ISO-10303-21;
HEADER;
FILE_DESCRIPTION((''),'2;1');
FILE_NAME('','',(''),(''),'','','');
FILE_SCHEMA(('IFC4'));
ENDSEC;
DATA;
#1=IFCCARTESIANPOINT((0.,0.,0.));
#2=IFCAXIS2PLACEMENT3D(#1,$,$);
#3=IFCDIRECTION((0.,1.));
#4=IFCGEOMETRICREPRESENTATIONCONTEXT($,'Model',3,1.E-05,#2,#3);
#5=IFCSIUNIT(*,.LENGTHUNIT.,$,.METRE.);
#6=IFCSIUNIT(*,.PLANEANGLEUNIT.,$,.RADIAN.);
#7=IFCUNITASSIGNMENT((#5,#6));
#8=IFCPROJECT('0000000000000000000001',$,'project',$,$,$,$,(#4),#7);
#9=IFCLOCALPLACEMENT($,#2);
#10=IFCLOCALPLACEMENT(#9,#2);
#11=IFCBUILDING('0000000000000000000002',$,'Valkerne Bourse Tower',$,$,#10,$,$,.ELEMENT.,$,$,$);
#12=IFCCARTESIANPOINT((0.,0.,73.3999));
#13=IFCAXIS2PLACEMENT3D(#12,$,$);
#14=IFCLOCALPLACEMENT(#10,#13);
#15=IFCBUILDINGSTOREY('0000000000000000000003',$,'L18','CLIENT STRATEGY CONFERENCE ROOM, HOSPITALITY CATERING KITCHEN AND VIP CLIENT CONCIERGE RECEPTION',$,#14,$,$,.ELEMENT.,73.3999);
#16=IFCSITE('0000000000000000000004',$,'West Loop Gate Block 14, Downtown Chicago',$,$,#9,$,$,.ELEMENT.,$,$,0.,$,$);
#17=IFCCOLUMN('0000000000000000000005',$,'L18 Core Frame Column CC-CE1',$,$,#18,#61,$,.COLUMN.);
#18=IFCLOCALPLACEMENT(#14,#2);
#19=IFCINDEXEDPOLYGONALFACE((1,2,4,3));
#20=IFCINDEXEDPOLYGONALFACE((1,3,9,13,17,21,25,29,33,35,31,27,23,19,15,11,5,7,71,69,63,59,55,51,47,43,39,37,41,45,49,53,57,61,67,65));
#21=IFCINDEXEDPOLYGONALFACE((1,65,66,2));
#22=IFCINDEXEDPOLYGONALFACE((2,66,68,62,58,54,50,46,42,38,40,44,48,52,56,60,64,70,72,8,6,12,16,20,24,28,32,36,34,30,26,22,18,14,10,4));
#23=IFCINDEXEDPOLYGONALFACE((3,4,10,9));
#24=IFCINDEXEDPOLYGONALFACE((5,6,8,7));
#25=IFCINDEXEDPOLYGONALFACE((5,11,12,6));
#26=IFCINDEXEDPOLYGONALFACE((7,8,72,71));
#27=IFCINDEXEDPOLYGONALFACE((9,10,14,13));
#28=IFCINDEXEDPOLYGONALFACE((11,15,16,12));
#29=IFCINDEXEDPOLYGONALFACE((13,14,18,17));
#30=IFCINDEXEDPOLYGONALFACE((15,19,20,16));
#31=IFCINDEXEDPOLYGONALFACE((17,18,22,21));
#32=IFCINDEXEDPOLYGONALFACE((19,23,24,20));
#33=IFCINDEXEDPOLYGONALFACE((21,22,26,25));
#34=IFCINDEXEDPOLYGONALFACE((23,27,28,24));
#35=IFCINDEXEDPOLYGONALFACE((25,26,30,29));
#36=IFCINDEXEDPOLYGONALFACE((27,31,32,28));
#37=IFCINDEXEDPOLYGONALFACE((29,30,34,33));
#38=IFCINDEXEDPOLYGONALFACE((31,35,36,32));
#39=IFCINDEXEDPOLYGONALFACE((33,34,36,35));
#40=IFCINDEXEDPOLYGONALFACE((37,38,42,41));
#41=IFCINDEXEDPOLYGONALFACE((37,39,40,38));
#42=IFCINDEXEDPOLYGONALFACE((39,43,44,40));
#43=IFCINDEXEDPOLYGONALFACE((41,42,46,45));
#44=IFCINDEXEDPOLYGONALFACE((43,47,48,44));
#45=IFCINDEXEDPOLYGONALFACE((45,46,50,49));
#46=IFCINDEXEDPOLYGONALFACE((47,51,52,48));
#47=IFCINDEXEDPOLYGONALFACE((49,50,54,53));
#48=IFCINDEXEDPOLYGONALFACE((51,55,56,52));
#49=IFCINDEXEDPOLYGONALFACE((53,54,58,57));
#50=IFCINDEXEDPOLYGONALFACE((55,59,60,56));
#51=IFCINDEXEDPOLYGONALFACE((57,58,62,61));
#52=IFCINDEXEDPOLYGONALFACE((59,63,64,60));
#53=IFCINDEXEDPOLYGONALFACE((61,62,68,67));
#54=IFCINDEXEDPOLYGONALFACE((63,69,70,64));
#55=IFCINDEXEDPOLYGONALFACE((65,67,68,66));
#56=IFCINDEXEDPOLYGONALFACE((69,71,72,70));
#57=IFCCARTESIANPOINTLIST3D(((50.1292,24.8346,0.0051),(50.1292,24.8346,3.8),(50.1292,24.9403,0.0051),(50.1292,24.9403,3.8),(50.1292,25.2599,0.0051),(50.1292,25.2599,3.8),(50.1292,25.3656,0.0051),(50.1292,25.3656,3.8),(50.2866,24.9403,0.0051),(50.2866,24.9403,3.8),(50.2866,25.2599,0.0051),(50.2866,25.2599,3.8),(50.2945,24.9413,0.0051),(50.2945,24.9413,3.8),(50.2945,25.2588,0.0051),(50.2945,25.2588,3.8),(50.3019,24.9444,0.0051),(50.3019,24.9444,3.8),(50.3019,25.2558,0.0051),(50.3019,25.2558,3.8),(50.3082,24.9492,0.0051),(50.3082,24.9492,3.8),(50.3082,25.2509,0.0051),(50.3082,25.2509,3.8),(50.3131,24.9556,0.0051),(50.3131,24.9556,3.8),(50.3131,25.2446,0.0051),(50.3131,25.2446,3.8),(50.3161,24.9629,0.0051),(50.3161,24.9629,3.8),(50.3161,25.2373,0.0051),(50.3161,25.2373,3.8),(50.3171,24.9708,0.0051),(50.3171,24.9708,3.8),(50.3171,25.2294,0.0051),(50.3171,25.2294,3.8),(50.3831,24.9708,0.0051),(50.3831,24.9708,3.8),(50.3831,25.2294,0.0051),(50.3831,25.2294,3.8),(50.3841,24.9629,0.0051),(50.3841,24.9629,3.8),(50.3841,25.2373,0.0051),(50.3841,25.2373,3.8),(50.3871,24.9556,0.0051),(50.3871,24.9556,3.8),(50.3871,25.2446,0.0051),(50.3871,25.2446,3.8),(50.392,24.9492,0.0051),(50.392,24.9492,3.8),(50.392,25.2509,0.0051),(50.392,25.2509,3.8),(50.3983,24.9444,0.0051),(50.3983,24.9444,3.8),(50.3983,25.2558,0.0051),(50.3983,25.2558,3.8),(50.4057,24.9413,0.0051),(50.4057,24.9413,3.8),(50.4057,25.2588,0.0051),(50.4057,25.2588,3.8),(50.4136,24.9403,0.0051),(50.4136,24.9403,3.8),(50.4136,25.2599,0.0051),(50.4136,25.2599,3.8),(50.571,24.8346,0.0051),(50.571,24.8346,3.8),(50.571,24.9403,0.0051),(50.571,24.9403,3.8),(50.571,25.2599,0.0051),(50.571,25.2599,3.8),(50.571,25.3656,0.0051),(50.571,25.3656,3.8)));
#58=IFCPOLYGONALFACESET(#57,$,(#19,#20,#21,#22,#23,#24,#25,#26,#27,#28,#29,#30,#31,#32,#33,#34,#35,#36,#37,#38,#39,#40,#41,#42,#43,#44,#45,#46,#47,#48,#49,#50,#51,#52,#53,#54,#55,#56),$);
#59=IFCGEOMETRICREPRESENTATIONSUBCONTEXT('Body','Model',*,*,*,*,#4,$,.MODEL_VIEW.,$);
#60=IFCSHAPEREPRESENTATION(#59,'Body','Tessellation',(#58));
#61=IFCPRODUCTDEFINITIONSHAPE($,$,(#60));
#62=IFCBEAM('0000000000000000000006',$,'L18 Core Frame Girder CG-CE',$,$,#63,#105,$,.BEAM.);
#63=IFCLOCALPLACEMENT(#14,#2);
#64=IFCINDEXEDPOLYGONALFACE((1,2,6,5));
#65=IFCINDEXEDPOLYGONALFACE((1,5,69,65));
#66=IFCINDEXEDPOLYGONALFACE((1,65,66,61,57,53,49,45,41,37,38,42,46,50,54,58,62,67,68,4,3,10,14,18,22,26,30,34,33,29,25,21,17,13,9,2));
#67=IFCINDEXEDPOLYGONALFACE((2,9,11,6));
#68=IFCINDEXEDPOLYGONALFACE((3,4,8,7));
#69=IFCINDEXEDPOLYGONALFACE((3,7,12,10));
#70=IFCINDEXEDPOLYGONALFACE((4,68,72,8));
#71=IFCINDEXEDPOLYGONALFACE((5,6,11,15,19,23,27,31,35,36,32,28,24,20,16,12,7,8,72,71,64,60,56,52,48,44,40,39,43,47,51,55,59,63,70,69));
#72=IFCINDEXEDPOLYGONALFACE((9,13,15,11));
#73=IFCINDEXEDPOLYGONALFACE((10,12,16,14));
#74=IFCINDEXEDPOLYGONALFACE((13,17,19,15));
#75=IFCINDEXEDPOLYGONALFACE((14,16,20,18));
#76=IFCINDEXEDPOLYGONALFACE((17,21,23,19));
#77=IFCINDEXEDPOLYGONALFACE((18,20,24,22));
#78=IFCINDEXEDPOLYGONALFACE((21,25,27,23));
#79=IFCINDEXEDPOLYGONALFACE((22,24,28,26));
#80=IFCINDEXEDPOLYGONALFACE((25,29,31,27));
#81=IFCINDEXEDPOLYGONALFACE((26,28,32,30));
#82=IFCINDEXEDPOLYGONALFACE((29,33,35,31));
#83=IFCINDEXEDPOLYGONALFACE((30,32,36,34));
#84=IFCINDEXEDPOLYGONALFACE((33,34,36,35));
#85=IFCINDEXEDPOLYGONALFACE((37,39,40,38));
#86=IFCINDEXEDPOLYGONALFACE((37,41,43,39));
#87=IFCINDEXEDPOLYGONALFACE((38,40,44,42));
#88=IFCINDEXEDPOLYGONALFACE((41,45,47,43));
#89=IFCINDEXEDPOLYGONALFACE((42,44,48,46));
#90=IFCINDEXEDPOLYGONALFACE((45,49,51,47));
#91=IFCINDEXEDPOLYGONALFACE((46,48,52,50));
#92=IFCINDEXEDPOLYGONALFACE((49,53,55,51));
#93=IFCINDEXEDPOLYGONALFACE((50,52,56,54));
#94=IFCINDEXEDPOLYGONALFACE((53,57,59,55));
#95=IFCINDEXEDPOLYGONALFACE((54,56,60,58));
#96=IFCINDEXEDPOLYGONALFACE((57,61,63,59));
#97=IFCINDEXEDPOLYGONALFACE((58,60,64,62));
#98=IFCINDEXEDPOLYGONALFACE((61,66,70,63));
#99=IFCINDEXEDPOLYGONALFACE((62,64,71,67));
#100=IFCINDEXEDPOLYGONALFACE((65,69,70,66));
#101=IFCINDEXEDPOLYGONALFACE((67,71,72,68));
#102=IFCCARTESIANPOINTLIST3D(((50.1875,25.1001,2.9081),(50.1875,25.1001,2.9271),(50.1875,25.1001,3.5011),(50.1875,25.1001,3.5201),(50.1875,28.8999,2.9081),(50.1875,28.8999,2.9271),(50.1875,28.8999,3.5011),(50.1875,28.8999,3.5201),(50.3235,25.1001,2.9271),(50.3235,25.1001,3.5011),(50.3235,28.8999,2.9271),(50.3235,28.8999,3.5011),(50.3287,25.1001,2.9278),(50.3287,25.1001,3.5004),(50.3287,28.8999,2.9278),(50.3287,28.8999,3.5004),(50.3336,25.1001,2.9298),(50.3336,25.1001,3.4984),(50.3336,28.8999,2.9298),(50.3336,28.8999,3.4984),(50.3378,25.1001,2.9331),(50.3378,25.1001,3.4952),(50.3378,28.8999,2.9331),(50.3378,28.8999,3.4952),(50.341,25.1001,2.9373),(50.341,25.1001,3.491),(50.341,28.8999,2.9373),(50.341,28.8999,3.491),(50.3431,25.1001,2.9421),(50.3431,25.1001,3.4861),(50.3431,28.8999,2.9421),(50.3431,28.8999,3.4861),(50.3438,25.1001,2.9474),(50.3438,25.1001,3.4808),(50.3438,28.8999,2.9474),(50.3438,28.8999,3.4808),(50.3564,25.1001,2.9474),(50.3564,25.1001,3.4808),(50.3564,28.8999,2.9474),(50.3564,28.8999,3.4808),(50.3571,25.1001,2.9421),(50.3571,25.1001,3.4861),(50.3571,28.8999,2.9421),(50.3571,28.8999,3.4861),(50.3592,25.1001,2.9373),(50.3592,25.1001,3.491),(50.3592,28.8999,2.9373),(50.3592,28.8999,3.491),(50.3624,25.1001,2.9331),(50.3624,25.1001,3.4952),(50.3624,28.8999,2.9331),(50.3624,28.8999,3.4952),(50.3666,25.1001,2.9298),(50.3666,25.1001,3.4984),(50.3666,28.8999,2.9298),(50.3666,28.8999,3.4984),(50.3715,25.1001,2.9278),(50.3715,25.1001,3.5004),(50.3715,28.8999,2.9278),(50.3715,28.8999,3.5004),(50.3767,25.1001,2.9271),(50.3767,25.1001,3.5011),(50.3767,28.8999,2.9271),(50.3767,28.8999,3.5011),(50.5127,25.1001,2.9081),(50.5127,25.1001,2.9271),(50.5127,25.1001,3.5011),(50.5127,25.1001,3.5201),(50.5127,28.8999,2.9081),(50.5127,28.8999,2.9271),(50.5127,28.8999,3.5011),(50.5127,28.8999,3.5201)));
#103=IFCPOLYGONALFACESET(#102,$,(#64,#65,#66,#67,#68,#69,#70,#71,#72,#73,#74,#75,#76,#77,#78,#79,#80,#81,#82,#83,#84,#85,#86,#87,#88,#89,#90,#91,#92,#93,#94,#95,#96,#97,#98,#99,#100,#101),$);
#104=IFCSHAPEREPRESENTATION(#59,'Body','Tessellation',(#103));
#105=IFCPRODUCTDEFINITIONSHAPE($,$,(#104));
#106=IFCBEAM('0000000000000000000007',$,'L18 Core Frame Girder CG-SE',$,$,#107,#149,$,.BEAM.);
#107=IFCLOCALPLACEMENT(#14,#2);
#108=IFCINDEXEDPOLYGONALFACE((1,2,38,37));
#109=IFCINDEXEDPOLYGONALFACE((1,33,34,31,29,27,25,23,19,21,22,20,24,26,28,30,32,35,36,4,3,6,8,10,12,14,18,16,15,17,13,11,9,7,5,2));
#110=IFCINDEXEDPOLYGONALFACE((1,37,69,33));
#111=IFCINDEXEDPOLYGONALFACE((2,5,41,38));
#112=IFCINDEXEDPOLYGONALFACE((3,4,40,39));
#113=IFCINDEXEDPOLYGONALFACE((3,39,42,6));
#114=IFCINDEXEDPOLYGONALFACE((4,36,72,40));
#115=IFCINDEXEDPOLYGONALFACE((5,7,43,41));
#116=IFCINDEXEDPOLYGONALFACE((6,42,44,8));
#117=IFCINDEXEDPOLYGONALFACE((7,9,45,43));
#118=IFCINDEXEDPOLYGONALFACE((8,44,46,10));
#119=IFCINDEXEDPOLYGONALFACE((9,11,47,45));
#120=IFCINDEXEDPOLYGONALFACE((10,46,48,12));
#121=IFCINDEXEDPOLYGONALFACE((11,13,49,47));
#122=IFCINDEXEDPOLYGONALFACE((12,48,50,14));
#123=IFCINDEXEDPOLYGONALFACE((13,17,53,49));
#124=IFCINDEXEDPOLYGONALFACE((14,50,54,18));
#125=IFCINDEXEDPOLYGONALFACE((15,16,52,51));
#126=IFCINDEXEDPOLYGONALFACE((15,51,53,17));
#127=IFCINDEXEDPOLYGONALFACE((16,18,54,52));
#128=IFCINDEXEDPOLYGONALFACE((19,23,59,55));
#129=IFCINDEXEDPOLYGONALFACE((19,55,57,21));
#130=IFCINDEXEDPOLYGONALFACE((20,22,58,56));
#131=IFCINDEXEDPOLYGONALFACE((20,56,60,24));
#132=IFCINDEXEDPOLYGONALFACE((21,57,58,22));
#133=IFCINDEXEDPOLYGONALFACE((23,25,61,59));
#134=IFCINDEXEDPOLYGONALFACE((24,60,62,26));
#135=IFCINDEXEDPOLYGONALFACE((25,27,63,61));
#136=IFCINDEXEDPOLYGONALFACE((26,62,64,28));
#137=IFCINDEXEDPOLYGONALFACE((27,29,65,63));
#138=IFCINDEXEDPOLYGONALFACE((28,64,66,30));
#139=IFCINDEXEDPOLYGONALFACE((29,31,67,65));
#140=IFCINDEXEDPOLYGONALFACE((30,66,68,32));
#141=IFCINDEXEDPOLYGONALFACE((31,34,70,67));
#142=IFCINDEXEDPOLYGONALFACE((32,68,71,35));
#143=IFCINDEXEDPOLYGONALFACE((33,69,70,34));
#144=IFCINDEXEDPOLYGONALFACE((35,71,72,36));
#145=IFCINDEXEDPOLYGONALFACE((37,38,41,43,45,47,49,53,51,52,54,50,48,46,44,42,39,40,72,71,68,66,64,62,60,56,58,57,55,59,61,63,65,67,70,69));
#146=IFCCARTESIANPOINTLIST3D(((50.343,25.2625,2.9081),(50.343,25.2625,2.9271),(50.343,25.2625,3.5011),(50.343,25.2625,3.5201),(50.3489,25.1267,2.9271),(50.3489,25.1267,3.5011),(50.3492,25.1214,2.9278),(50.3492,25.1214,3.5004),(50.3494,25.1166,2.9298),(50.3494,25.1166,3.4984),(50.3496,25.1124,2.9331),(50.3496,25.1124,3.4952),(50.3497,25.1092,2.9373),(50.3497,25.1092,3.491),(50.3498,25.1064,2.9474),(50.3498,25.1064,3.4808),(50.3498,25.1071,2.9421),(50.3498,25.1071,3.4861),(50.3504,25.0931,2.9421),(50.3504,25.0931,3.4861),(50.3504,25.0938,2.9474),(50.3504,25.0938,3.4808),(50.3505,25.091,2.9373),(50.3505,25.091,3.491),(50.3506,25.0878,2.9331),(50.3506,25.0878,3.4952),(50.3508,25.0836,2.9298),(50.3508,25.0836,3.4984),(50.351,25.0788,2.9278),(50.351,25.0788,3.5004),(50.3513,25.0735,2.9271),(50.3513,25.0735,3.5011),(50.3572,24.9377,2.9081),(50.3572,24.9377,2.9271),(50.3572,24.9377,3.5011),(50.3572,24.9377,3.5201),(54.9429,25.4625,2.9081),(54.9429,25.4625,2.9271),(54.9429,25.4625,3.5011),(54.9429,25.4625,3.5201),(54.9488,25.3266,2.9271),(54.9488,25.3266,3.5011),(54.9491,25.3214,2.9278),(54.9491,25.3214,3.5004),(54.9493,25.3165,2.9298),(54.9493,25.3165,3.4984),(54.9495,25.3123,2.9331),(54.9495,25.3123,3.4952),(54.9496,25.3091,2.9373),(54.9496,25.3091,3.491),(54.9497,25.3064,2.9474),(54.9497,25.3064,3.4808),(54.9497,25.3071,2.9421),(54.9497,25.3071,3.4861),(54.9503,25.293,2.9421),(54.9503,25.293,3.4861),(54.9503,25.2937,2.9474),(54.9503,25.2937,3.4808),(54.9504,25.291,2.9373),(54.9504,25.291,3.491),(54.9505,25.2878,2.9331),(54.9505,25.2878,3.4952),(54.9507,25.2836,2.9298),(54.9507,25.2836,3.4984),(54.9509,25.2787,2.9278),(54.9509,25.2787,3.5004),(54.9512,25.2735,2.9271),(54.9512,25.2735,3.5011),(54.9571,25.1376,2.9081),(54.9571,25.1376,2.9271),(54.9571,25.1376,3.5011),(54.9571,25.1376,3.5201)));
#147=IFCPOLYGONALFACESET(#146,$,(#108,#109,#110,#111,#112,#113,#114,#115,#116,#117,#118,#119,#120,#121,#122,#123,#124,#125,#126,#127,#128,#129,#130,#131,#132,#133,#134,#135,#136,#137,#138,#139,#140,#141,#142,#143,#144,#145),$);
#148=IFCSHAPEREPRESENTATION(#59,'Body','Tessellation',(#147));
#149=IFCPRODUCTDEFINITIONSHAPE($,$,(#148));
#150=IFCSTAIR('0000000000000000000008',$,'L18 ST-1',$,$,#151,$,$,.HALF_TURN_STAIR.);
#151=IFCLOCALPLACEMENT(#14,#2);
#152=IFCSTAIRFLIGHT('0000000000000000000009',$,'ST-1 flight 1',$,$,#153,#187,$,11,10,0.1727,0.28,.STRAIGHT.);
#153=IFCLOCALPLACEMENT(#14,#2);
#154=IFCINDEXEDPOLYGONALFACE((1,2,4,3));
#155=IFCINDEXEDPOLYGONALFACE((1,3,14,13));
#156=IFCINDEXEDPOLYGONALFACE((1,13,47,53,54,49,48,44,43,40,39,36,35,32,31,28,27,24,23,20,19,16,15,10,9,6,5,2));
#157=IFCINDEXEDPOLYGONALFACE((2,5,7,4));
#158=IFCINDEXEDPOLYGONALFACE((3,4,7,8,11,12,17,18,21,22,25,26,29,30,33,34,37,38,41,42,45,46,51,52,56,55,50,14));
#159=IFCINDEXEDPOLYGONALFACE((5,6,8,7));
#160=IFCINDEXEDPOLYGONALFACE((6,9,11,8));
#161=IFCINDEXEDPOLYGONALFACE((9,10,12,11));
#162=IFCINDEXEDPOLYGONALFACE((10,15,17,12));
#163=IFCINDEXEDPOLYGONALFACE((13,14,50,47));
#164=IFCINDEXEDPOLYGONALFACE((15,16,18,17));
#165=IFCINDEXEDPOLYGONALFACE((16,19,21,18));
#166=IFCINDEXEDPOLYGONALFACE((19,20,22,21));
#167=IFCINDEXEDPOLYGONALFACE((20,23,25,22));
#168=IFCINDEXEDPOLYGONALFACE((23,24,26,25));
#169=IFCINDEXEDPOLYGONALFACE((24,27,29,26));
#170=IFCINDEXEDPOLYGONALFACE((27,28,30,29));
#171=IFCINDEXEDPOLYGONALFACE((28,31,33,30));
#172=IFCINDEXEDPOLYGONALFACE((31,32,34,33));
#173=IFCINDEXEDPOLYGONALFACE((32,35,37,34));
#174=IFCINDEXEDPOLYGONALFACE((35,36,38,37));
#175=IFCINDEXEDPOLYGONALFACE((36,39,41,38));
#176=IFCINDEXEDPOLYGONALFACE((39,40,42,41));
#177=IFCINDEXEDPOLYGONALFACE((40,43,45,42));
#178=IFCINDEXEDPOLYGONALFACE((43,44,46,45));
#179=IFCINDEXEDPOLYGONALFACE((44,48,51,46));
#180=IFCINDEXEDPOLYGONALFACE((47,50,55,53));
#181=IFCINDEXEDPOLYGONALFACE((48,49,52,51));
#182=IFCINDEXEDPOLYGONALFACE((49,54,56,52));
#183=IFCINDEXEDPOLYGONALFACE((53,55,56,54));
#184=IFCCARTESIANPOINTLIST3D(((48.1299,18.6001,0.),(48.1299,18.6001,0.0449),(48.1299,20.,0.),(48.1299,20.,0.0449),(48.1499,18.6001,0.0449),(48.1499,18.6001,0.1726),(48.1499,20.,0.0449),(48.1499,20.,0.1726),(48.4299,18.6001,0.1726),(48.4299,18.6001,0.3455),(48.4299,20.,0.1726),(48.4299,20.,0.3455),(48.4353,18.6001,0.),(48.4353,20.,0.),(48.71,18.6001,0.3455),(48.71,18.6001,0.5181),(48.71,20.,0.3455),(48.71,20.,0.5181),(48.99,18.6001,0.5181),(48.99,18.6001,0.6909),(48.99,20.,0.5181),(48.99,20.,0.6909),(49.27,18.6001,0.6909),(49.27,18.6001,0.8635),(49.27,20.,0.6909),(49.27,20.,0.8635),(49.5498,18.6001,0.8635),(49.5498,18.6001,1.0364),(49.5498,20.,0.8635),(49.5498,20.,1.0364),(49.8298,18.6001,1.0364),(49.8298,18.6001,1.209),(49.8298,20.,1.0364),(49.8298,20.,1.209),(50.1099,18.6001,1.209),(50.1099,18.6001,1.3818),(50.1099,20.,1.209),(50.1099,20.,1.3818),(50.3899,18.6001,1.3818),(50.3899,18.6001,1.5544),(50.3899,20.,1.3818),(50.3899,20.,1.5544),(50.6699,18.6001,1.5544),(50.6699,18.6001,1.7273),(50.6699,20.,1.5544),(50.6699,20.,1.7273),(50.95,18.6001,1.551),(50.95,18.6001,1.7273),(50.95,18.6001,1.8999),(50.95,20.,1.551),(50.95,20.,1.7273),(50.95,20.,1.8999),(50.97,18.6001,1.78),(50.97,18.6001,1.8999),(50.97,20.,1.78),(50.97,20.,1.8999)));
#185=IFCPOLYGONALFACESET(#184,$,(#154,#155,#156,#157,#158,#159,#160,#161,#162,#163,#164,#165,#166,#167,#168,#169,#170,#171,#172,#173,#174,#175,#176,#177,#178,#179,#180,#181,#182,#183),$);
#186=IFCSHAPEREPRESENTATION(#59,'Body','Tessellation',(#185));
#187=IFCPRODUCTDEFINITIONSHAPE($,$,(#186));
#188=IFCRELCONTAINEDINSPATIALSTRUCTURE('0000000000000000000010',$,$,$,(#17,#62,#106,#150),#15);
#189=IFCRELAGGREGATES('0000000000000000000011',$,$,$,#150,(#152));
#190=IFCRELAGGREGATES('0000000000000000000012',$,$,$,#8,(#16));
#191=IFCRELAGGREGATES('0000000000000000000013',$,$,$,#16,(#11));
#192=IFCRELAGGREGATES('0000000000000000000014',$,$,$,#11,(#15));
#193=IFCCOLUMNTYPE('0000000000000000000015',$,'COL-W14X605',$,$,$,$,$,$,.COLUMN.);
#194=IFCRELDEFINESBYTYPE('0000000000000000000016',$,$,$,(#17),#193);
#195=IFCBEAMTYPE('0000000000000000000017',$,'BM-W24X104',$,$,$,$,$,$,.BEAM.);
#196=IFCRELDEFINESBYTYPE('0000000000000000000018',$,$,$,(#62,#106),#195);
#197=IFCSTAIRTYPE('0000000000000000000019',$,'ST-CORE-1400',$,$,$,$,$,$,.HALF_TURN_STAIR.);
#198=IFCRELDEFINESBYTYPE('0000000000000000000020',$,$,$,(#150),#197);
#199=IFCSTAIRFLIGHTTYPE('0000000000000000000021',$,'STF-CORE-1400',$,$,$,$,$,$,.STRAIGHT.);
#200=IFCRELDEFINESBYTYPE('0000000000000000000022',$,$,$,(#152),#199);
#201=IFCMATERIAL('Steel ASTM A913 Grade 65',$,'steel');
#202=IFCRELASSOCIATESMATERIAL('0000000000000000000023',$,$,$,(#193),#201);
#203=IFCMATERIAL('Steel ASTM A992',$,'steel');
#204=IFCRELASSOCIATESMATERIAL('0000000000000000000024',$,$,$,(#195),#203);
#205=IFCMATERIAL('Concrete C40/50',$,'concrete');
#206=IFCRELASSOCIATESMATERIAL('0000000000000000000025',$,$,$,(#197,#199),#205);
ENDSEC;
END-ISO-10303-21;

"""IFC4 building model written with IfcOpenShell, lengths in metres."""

from ifc_helpers import new_model, si_unit, direction, frame, origin, origin_2d, place, context, subcontext, project, spatial, polyline, i_section, outline, extrude, material, material_profile, profile_set, type_object, element, aggregate, save


model = new_model("IFC4")

# Units and contexts
model_context = context("Model", 3, precision=1e-05, world=origin(), true_north=direction((0.0, 1.0)))
body_context = subcontext(model_context, "Body", "Model", "MODEL_VIEW")
ifc_project = project(units=[si_unit("LENGTHUNIT", "METRE"), si_unit("PLANEANGLEUNIT", "RADIAN")], contexts=[model_context])

# Site, building, storey
site_placement = place(None, origin())
site = spatial("IfcSite", under=ifc_project, at=site_placement, Name="West Loop Gate Block 14, Downtown Chicago", CompositionType="ELEMENT", RefElevation=0.0)
building_placement = place(site_placement, origin())
building = spatial("IfcBuilding", under=site, at=building_placement, Name="Valkerne Bourse Tower", CompositionType="ELEMENT")
storey_placement = place(building_placement, frame((0.0, 0.0, 73.3999)))
storey = spatial("IfcBuildingStorey", under=building, at=storey_placement, Name="L18", Description="CLIENT STRATEGY CONFERENCE ROOM, HOSPITALITY CATERING KITCHEN AND VIP CLIENT CONCIERGE RECEPTION", CompositionType="ELEMENT", Elevation=73.3999)

# Column
ifc_material_1 = material(Name="Steel ASTM A913 Grade 65", Category="steel")
ifc_material_profile_1 = material_profile(ifc_material_1, i_section(OverallWidth=0.4419, OverallDepth=0.531, WebThickness=0.0659, FlangeThickness=0.1057, FilletRadius=0.0305, at=origin_2d()), Name="W14X605")
ifc_profile_set_1 = profile_set([ifc_material_profile_1], Name="Steel ASTM A913 Grade 65")
column_type = type_object("IfcColumnType", Name="COL-W14X605", PredefinedType="COLUMN", material=ifc_profile_set_1)
column_placement = place(storey_placement, frame((50.3501, 25.1001, 0.0051), z_axis=(0.0, 0.0, 1.0), x_axis=(1.0, 0.0, 0.0)))
element("IfcColumn", 1, at=column_placement, inside=storey, type_object=column_type, Name="L18 Core Frame Column CC-CE1", PredefinedType="COLUMN", context=body_context, shape_type="SweptSolid", body=[
    extrude(i_section(OverallWidth=0.4419, OverallDepth=0.531, WebThickness=0.0659, FlangeThickness=0.1057, FilletRadius=0.0305, at=origin_2d()), origin(), (0.0, 0.0, 1.0), 3.7949),
])

# Beams
ifc_material_2 = material(Name="Steel ASTM A992", Category="steel")
ifc_material_profile_2 = material_profile(ifc_material_2, i_section(OverallWidth=0.3252, OverallDepth=0.6121, WebThickness=0.0127, FlangeThickness=0.019, FilletRadius=0.0203, at=origin_2d()), Name="W24X104")
ifc_profile_set_2 = profile_set([ifc_material_profile_2], Name="Steel ASTM A992")
beam_type = type_object("IfcBeamType", Name="BM-W24X104", PredefinedType="BEAM", material=ifc_profile_set_2)
beam_1_placement = place(storey_placement, frame((50.3501, 25.1001, 3.2141), z_axis=(0.0, 1.0, 0.0), x_axis=(-1.0, 0.0, 0.0)))
element("IfcBeam", 2, at=beam_1_placement, inside=storey, type_object=beam_type, Name="L18 Core Frame Girder CG-CE", PredefinedType="BEAM", context=body_context, shape_type="SweptSolid", body=[
    extrude(i_section(OverallWidth=0.3252, OverallDepth=0.6121, WebThickness=0.0127, FlangeThickness=0.019, FilletRadius=0.0203, at=origin_2d()), origin(), (0.0, 0.0, 1.0), 3.7998),
])
beam_2_placement = place(storey_placement, frame((50.3501, 25.1001, 3.2141), z_axis=(0.999057, 0.043428, 0.0), x_axis=(-0.043428, 0.999057, 0.0)))
element("IfcBeam", 3, at=beam_2_placement, inside=storey, type_object=beam_type, Name="L18 Core Frame Girder CG-SE", PredefinedType="BEAM", context=body_context, shape_type="SweptSolid", body=[
    extrude(i_section(OverallWidth=0.3252, OverallDepth=0.6121, WebThickness=0.0127, FlangeThickness=0.019, FilletRadius=0.0203, at=origin_2d()), origin(), (0.0, 0.0, 1.0), 4.6042),
])

# Stair, stair flight
ifc_material_3 = material(Name="Concrete C40/50", Category="concrete")
stair_type = type_object("IfcStairType", Name="ST-CORE-1400", PredefinedType="HALF_TURN_STAIR", material=ifc_material_3)
stair_placement = place(storey_placement, origin())
stair = element("IfcStair", 4, at=stair_placement, inside=storey, type_object=stair_type, Name="L18 ST-1", PredefinedType="HALF_TURN_STAIR")
stair_flight_type = type_object("IfcStairFlightType", Name="STF-CORE-1400", PredefinedType="STRAIGHT", material=ifc_material_3)
stair_flight_1_placement = place(storey_placement, frame((48.1499, 19.3, 0.0), z_axis=(0.0, 0.0, 1.0), x_axis=(1.0, 0.0, 0.0)))
stair_flight_1 = element("IfcStairFlight", 5, at=stair_flight_1_placement, type_object=stair_flight_type, Name="ST-1 flight 1", NumberOfRisers=11, NumberOfTreads=10, PredefinedType="STRAIGHT", RiserHeight=0.1727, TreadLength=0.28, context=body_context, shape_type="SweptSolid", body=[
    extrude(outline(polyline([(-0.02, 0.0), (-0.02, 0.0449), (0.0, 0.0449), (0.0, 0.1726), (0.28, 0.1726), (0.28, 0.3455), (0.5601, 0.3455), (0.5601, 0.5181), (0.8401, 0.5181), (0.8401, 0.6909), (1.1201, 0.6909), (1.1201, 0.8635), (1.3999, 0.8635), (1.3999, 1.0364), (1.6799, 1.0364), (1.6799, 1.209), (1.96, 1.209), (1.96, 1.3818), (2.24, 1.3818), (2.24, 1.5544), (2.52, 1.5544), (2.52, 1.7273), (2.8, 1.7273), (2.8, 1.8999), (2.8201, 1.8999), (2.8201, 1.78), (2.8, 1.551), (0.2854, 0.0), (-0.02, 0.0)])), frame((0.0, 0.7, 0.0), z_axis=(0.0, -1.0, 0.0), x_axis=(1.0, 0.0, 0.0)), (0.0, 0.0, 1.0), 1.3999),
])
aggregate(stair, [stair_flight_1])

save(model, "model.ifc")
